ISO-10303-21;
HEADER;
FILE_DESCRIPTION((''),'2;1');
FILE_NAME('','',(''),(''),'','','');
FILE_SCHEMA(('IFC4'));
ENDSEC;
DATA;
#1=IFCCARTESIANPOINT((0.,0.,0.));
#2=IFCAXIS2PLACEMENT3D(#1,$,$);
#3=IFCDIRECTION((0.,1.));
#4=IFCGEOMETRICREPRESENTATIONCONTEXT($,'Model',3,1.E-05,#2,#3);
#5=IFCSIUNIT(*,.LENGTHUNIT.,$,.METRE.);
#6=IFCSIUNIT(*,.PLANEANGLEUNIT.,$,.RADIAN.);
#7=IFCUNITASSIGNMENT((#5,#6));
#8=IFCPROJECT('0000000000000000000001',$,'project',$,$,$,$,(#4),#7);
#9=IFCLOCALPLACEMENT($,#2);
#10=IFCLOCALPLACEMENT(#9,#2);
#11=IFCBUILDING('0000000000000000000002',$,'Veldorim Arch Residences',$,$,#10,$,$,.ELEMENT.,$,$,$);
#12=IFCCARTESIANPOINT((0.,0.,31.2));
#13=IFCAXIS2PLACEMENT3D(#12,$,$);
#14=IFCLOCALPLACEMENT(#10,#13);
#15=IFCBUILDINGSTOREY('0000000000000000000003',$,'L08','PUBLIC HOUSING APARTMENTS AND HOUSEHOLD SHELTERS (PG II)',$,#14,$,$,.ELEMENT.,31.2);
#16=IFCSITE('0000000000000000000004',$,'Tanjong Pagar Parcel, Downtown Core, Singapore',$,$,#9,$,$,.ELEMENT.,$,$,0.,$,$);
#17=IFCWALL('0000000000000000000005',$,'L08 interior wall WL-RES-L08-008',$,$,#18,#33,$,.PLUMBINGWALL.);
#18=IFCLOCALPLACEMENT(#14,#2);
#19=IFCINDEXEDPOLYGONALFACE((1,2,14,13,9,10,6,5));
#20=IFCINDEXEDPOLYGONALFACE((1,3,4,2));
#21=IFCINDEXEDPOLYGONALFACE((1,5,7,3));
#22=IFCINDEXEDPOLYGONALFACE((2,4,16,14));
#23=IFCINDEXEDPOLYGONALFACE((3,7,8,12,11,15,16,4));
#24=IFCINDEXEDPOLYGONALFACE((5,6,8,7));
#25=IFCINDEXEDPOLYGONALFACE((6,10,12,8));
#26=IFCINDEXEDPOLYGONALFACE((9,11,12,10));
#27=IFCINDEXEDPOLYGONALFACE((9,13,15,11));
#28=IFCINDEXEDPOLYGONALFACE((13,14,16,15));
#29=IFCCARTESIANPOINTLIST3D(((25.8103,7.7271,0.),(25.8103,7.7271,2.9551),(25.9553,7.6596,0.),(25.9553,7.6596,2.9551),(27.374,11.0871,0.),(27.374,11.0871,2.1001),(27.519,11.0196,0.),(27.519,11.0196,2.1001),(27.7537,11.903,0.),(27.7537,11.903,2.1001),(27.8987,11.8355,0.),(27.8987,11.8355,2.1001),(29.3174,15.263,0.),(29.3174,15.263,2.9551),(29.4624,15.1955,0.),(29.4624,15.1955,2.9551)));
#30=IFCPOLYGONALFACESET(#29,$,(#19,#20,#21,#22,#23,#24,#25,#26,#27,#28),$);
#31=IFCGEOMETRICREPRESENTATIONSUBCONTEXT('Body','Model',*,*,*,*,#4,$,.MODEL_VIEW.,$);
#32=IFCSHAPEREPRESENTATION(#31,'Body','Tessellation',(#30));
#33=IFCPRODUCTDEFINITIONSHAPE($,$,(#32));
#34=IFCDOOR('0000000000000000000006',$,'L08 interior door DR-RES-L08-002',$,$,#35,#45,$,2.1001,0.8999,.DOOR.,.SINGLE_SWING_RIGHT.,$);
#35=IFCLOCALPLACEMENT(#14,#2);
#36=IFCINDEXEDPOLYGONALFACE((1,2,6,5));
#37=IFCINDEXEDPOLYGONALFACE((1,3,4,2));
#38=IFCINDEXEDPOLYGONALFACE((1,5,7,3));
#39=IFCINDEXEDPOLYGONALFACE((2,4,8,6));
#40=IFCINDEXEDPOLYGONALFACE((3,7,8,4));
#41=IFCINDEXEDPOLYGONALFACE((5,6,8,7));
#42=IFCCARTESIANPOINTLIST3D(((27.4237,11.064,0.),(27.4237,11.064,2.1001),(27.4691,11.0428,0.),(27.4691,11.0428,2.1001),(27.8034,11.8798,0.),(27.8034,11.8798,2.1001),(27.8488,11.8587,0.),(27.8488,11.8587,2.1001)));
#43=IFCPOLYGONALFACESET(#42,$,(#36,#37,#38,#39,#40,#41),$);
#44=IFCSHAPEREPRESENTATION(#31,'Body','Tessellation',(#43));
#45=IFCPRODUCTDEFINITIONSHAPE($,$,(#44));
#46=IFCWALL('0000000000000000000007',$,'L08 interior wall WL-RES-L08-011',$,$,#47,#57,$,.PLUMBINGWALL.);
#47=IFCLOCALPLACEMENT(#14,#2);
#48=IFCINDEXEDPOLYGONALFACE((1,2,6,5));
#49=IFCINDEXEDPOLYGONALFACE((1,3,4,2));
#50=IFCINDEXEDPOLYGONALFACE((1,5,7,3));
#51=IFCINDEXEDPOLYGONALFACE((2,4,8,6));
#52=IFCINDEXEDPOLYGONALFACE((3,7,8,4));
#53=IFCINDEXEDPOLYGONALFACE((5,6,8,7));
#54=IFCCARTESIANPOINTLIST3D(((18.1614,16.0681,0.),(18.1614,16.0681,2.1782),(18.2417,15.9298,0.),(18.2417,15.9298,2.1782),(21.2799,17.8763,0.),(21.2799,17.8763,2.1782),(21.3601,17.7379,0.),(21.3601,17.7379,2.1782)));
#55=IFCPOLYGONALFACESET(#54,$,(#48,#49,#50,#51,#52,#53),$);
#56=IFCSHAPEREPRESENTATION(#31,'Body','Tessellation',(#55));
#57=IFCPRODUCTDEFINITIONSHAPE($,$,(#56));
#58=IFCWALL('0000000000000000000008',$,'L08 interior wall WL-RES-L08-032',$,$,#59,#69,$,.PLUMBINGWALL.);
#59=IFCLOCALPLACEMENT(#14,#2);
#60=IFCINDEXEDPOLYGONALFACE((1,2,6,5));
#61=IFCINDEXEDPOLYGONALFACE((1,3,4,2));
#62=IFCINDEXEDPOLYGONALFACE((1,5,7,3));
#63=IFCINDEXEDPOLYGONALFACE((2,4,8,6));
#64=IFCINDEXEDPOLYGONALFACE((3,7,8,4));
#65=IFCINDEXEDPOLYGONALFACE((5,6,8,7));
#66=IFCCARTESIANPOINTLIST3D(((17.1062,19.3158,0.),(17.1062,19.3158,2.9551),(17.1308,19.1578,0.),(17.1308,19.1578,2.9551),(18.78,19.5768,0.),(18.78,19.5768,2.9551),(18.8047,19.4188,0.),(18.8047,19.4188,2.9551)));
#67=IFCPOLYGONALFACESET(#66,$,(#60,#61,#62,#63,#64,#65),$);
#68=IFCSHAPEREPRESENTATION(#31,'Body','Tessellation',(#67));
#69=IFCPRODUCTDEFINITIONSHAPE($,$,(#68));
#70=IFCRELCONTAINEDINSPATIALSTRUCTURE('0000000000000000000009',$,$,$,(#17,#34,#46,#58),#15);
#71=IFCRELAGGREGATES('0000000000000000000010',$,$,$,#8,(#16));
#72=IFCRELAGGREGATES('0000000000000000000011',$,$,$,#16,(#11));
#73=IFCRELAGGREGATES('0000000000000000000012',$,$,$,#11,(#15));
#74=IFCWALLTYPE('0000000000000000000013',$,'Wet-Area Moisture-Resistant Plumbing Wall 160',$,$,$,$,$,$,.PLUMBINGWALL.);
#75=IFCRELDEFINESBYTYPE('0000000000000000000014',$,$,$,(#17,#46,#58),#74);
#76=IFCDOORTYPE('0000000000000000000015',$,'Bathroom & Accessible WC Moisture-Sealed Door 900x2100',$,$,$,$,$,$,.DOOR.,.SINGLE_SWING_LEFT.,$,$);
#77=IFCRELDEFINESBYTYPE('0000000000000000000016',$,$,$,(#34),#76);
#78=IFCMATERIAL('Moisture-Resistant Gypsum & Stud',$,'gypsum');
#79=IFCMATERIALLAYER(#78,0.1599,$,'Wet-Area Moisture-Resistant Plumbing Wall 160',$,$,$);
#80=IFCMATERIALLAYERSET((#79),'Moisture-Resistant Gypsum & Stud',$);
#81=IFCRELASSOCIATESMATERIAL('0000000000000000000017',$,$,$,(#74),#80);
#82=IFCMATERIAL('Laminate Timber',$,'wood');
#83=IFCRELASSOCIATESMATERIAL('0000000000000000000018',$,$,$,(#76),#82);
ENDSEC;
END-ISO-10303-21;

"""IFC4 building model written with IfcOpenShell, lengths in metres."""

from ifc_helpers import new_model, si_unit, direction, frame, frame_2d, origin, place, context, subcontext, project, spatial, rectangle, extrude, material, layer, layer_set, type_object, element, fill, save


model = new_model("IFC4")

# Units and contexts
model_context = context("Model", 3, precision=1e-05, world=origin(), true_north=direction((0.0, 1.0)))
body_context = subcontext(model_context, "Body", "Model", "MODEL_VIEW")
ifc_project = project(units=[si_unit("LENGTHUNIT", "METRE"), si_unit("PLANEANGLEUNIT", "RADIAN")], contexts=[model_context])

# Site, building, storey
site_placement = place(None, origin())
site = spatial("IfcSite", under=ifc_project, at=site_placement, Name="Tanjong Pagar Parcel, Downtown Core, Singapore", CompositionType="ELEMENT", RefElevation=0.0)
building_placement = place(site_placement, origin())
building = spatial("IfcBuilding", under=site, at=building_placement, Name="Veldorim Arch Residences", CompositionType="ELEMENT")
storey_placement = place(building_placement, frame((0.0, 0.0, 31.2)))
storey = spatial("IfcBuildingStorey", under=building, at=storey_placement, Name="L08", Description="PUBLIC HOUSING APARTMENTS AND HOUSEHOLD SHELTERS (PG II)", CompositionType="ELEMENT", Elevation=31.2)

# Wall, opening, door
ifc_material_1 = material(Name="Moisture-Resistant Gypsum & Stud", Category="gypsum")
ifc_layer_1 = layer(ifc_material_1, 0.1599, Name="Wet-Area Moisture-Resistant Plumbing Wall 160")
ifc_layer_set_1 = layer_set([ifc_layer_1], Name="Moisture-Resistant Gypsum & Stud")
wall_type_1 = type_object("IfcWallType", Name="Wet-Area Moisture-Resistant Plumbing Wall 160", PredefinedType="PLUMBINGWALL", material=ifc_layer_set_1)
wall_1_placement = place(storey_placement, frame((29.3899, 15.2292, 0.0), z_axis=(0.0, 0.0, 1.0), x_axis=(-0.42193, -0.906628, 0.0)))
wall_1 = element("IfcWall", 1, at=wall_1_placement, inside=storey, type_object=wall_type_1, Name="L08 interior wall WL-RES-L08-008", PredefinedType="PLUMBINGWALL", context=body_context, shape_type="SweptSolid", body=[
    extrude(rectangle(XDim=8.312, YDim=0.1599, at=frame_2d((4.156, 0.0))), origin(), (0.0, 0.0, 1.0), 2.9551),
])
opening_1_placement = place(wall_1_placement, frame((3.7061, 0.0, 0.0)))
opening_1 = element("IfcOpeningElement", 2, at=opening_1_placement, cuts=wall_1, PredefinedType="OPENING", context=body_context, shape_type="SweptSolid", body=[
    extrude(rectangle(XDim=0.8999, YDim=2.1001, at=frame_2d((0.45, 1.05))), frame((0.0, 0.0898, 0.0), z_axis=(0.0, -1.0, 0.0), x_axis=(1.0, 0.0, 0.0)), (0.0, 0.0, 1.0), 0.1799),
])
ifc_material_2 = material(Name="Laminate Timber", Category="wood")
door_type_1 = type_object("IfcDoorType", Name="Bathroom & Accessible WC Moisture-Sealed Door 900x2100", OperationType="SINGLE_SWING_LEFT", PredefinedType="DOOR", material=ifc_material_2)
door_1_placement = place(opening_1_placement, origin())
door_1 = element("IfcDoor", 3, at=door_1_placement, inside=storey, type_object=door_type_1, Name="L08 interior door DR-RES-L08-002", OperationType="SINGLE_SWING_RIGHT", OverallHeight=2.1001, OverallWidth=0.8999, PredefinedType="DOOR", context=body_context, shape_type="SweptSolid", body=[
    extrude(rectangle(XDim=0.8999, YDim=2.1001, at=frame_2d((0.45, 1.05))), frame((0.0, 0.0249, 0.0), z_axis=(0.0, -1.0, 0.0), x_axis=(1.0, 0.0, 0.0)), (0.0, 0.0, 1.0), 0.05),
])
fill(opening_1, door_1)

# Walls
wall_2_placement = place(storey_placement, frame((18.2017, 15.999, 0.0), z_axis=(0.0, 0.0, 1.0), x_axis=(0.8651, 0.501599, 0.0)))
element("IfcWall", 4, at=wall_2_placement, inside=storey, type_object=wall_type_1, Name="L08 interior wall WL-RES-L08-011", PredefinedType="PLUMBINGWALL", context=body_context, shape_type="SweptSolid", body=[
    extrude(rectangle(XDim=3.6047, YDim=0.1599, at=frame_2d((1.8022, 0.0))), origin(), (0.0, 0.0, 1.0), 2.1782),
])
wall_3_placement = place(storey_placement, frame((18.7925, 19.4978, 0.0), z_axis=(0.0, 0.0, 1.0), x_axis=(-0.988061, -0.15406, 0.0)))
element("IfcWall", 5, at=wall_3_placement, inside=storey, type_object=wall_type_1, Name="L08 interior wall WL-RES-L08-032", PredefinedType="PLUMBINGWALL", context=body_context, shape_type="SweptSolid", body=[
    extrude(rectangle(XDim=1.6941, YDim=0.1599, at=frame_2d((0.8472, 0.0))), origin(), (0.0, 0.0, 1.0), 2.9551),
])

save(model, "model.ifc")
